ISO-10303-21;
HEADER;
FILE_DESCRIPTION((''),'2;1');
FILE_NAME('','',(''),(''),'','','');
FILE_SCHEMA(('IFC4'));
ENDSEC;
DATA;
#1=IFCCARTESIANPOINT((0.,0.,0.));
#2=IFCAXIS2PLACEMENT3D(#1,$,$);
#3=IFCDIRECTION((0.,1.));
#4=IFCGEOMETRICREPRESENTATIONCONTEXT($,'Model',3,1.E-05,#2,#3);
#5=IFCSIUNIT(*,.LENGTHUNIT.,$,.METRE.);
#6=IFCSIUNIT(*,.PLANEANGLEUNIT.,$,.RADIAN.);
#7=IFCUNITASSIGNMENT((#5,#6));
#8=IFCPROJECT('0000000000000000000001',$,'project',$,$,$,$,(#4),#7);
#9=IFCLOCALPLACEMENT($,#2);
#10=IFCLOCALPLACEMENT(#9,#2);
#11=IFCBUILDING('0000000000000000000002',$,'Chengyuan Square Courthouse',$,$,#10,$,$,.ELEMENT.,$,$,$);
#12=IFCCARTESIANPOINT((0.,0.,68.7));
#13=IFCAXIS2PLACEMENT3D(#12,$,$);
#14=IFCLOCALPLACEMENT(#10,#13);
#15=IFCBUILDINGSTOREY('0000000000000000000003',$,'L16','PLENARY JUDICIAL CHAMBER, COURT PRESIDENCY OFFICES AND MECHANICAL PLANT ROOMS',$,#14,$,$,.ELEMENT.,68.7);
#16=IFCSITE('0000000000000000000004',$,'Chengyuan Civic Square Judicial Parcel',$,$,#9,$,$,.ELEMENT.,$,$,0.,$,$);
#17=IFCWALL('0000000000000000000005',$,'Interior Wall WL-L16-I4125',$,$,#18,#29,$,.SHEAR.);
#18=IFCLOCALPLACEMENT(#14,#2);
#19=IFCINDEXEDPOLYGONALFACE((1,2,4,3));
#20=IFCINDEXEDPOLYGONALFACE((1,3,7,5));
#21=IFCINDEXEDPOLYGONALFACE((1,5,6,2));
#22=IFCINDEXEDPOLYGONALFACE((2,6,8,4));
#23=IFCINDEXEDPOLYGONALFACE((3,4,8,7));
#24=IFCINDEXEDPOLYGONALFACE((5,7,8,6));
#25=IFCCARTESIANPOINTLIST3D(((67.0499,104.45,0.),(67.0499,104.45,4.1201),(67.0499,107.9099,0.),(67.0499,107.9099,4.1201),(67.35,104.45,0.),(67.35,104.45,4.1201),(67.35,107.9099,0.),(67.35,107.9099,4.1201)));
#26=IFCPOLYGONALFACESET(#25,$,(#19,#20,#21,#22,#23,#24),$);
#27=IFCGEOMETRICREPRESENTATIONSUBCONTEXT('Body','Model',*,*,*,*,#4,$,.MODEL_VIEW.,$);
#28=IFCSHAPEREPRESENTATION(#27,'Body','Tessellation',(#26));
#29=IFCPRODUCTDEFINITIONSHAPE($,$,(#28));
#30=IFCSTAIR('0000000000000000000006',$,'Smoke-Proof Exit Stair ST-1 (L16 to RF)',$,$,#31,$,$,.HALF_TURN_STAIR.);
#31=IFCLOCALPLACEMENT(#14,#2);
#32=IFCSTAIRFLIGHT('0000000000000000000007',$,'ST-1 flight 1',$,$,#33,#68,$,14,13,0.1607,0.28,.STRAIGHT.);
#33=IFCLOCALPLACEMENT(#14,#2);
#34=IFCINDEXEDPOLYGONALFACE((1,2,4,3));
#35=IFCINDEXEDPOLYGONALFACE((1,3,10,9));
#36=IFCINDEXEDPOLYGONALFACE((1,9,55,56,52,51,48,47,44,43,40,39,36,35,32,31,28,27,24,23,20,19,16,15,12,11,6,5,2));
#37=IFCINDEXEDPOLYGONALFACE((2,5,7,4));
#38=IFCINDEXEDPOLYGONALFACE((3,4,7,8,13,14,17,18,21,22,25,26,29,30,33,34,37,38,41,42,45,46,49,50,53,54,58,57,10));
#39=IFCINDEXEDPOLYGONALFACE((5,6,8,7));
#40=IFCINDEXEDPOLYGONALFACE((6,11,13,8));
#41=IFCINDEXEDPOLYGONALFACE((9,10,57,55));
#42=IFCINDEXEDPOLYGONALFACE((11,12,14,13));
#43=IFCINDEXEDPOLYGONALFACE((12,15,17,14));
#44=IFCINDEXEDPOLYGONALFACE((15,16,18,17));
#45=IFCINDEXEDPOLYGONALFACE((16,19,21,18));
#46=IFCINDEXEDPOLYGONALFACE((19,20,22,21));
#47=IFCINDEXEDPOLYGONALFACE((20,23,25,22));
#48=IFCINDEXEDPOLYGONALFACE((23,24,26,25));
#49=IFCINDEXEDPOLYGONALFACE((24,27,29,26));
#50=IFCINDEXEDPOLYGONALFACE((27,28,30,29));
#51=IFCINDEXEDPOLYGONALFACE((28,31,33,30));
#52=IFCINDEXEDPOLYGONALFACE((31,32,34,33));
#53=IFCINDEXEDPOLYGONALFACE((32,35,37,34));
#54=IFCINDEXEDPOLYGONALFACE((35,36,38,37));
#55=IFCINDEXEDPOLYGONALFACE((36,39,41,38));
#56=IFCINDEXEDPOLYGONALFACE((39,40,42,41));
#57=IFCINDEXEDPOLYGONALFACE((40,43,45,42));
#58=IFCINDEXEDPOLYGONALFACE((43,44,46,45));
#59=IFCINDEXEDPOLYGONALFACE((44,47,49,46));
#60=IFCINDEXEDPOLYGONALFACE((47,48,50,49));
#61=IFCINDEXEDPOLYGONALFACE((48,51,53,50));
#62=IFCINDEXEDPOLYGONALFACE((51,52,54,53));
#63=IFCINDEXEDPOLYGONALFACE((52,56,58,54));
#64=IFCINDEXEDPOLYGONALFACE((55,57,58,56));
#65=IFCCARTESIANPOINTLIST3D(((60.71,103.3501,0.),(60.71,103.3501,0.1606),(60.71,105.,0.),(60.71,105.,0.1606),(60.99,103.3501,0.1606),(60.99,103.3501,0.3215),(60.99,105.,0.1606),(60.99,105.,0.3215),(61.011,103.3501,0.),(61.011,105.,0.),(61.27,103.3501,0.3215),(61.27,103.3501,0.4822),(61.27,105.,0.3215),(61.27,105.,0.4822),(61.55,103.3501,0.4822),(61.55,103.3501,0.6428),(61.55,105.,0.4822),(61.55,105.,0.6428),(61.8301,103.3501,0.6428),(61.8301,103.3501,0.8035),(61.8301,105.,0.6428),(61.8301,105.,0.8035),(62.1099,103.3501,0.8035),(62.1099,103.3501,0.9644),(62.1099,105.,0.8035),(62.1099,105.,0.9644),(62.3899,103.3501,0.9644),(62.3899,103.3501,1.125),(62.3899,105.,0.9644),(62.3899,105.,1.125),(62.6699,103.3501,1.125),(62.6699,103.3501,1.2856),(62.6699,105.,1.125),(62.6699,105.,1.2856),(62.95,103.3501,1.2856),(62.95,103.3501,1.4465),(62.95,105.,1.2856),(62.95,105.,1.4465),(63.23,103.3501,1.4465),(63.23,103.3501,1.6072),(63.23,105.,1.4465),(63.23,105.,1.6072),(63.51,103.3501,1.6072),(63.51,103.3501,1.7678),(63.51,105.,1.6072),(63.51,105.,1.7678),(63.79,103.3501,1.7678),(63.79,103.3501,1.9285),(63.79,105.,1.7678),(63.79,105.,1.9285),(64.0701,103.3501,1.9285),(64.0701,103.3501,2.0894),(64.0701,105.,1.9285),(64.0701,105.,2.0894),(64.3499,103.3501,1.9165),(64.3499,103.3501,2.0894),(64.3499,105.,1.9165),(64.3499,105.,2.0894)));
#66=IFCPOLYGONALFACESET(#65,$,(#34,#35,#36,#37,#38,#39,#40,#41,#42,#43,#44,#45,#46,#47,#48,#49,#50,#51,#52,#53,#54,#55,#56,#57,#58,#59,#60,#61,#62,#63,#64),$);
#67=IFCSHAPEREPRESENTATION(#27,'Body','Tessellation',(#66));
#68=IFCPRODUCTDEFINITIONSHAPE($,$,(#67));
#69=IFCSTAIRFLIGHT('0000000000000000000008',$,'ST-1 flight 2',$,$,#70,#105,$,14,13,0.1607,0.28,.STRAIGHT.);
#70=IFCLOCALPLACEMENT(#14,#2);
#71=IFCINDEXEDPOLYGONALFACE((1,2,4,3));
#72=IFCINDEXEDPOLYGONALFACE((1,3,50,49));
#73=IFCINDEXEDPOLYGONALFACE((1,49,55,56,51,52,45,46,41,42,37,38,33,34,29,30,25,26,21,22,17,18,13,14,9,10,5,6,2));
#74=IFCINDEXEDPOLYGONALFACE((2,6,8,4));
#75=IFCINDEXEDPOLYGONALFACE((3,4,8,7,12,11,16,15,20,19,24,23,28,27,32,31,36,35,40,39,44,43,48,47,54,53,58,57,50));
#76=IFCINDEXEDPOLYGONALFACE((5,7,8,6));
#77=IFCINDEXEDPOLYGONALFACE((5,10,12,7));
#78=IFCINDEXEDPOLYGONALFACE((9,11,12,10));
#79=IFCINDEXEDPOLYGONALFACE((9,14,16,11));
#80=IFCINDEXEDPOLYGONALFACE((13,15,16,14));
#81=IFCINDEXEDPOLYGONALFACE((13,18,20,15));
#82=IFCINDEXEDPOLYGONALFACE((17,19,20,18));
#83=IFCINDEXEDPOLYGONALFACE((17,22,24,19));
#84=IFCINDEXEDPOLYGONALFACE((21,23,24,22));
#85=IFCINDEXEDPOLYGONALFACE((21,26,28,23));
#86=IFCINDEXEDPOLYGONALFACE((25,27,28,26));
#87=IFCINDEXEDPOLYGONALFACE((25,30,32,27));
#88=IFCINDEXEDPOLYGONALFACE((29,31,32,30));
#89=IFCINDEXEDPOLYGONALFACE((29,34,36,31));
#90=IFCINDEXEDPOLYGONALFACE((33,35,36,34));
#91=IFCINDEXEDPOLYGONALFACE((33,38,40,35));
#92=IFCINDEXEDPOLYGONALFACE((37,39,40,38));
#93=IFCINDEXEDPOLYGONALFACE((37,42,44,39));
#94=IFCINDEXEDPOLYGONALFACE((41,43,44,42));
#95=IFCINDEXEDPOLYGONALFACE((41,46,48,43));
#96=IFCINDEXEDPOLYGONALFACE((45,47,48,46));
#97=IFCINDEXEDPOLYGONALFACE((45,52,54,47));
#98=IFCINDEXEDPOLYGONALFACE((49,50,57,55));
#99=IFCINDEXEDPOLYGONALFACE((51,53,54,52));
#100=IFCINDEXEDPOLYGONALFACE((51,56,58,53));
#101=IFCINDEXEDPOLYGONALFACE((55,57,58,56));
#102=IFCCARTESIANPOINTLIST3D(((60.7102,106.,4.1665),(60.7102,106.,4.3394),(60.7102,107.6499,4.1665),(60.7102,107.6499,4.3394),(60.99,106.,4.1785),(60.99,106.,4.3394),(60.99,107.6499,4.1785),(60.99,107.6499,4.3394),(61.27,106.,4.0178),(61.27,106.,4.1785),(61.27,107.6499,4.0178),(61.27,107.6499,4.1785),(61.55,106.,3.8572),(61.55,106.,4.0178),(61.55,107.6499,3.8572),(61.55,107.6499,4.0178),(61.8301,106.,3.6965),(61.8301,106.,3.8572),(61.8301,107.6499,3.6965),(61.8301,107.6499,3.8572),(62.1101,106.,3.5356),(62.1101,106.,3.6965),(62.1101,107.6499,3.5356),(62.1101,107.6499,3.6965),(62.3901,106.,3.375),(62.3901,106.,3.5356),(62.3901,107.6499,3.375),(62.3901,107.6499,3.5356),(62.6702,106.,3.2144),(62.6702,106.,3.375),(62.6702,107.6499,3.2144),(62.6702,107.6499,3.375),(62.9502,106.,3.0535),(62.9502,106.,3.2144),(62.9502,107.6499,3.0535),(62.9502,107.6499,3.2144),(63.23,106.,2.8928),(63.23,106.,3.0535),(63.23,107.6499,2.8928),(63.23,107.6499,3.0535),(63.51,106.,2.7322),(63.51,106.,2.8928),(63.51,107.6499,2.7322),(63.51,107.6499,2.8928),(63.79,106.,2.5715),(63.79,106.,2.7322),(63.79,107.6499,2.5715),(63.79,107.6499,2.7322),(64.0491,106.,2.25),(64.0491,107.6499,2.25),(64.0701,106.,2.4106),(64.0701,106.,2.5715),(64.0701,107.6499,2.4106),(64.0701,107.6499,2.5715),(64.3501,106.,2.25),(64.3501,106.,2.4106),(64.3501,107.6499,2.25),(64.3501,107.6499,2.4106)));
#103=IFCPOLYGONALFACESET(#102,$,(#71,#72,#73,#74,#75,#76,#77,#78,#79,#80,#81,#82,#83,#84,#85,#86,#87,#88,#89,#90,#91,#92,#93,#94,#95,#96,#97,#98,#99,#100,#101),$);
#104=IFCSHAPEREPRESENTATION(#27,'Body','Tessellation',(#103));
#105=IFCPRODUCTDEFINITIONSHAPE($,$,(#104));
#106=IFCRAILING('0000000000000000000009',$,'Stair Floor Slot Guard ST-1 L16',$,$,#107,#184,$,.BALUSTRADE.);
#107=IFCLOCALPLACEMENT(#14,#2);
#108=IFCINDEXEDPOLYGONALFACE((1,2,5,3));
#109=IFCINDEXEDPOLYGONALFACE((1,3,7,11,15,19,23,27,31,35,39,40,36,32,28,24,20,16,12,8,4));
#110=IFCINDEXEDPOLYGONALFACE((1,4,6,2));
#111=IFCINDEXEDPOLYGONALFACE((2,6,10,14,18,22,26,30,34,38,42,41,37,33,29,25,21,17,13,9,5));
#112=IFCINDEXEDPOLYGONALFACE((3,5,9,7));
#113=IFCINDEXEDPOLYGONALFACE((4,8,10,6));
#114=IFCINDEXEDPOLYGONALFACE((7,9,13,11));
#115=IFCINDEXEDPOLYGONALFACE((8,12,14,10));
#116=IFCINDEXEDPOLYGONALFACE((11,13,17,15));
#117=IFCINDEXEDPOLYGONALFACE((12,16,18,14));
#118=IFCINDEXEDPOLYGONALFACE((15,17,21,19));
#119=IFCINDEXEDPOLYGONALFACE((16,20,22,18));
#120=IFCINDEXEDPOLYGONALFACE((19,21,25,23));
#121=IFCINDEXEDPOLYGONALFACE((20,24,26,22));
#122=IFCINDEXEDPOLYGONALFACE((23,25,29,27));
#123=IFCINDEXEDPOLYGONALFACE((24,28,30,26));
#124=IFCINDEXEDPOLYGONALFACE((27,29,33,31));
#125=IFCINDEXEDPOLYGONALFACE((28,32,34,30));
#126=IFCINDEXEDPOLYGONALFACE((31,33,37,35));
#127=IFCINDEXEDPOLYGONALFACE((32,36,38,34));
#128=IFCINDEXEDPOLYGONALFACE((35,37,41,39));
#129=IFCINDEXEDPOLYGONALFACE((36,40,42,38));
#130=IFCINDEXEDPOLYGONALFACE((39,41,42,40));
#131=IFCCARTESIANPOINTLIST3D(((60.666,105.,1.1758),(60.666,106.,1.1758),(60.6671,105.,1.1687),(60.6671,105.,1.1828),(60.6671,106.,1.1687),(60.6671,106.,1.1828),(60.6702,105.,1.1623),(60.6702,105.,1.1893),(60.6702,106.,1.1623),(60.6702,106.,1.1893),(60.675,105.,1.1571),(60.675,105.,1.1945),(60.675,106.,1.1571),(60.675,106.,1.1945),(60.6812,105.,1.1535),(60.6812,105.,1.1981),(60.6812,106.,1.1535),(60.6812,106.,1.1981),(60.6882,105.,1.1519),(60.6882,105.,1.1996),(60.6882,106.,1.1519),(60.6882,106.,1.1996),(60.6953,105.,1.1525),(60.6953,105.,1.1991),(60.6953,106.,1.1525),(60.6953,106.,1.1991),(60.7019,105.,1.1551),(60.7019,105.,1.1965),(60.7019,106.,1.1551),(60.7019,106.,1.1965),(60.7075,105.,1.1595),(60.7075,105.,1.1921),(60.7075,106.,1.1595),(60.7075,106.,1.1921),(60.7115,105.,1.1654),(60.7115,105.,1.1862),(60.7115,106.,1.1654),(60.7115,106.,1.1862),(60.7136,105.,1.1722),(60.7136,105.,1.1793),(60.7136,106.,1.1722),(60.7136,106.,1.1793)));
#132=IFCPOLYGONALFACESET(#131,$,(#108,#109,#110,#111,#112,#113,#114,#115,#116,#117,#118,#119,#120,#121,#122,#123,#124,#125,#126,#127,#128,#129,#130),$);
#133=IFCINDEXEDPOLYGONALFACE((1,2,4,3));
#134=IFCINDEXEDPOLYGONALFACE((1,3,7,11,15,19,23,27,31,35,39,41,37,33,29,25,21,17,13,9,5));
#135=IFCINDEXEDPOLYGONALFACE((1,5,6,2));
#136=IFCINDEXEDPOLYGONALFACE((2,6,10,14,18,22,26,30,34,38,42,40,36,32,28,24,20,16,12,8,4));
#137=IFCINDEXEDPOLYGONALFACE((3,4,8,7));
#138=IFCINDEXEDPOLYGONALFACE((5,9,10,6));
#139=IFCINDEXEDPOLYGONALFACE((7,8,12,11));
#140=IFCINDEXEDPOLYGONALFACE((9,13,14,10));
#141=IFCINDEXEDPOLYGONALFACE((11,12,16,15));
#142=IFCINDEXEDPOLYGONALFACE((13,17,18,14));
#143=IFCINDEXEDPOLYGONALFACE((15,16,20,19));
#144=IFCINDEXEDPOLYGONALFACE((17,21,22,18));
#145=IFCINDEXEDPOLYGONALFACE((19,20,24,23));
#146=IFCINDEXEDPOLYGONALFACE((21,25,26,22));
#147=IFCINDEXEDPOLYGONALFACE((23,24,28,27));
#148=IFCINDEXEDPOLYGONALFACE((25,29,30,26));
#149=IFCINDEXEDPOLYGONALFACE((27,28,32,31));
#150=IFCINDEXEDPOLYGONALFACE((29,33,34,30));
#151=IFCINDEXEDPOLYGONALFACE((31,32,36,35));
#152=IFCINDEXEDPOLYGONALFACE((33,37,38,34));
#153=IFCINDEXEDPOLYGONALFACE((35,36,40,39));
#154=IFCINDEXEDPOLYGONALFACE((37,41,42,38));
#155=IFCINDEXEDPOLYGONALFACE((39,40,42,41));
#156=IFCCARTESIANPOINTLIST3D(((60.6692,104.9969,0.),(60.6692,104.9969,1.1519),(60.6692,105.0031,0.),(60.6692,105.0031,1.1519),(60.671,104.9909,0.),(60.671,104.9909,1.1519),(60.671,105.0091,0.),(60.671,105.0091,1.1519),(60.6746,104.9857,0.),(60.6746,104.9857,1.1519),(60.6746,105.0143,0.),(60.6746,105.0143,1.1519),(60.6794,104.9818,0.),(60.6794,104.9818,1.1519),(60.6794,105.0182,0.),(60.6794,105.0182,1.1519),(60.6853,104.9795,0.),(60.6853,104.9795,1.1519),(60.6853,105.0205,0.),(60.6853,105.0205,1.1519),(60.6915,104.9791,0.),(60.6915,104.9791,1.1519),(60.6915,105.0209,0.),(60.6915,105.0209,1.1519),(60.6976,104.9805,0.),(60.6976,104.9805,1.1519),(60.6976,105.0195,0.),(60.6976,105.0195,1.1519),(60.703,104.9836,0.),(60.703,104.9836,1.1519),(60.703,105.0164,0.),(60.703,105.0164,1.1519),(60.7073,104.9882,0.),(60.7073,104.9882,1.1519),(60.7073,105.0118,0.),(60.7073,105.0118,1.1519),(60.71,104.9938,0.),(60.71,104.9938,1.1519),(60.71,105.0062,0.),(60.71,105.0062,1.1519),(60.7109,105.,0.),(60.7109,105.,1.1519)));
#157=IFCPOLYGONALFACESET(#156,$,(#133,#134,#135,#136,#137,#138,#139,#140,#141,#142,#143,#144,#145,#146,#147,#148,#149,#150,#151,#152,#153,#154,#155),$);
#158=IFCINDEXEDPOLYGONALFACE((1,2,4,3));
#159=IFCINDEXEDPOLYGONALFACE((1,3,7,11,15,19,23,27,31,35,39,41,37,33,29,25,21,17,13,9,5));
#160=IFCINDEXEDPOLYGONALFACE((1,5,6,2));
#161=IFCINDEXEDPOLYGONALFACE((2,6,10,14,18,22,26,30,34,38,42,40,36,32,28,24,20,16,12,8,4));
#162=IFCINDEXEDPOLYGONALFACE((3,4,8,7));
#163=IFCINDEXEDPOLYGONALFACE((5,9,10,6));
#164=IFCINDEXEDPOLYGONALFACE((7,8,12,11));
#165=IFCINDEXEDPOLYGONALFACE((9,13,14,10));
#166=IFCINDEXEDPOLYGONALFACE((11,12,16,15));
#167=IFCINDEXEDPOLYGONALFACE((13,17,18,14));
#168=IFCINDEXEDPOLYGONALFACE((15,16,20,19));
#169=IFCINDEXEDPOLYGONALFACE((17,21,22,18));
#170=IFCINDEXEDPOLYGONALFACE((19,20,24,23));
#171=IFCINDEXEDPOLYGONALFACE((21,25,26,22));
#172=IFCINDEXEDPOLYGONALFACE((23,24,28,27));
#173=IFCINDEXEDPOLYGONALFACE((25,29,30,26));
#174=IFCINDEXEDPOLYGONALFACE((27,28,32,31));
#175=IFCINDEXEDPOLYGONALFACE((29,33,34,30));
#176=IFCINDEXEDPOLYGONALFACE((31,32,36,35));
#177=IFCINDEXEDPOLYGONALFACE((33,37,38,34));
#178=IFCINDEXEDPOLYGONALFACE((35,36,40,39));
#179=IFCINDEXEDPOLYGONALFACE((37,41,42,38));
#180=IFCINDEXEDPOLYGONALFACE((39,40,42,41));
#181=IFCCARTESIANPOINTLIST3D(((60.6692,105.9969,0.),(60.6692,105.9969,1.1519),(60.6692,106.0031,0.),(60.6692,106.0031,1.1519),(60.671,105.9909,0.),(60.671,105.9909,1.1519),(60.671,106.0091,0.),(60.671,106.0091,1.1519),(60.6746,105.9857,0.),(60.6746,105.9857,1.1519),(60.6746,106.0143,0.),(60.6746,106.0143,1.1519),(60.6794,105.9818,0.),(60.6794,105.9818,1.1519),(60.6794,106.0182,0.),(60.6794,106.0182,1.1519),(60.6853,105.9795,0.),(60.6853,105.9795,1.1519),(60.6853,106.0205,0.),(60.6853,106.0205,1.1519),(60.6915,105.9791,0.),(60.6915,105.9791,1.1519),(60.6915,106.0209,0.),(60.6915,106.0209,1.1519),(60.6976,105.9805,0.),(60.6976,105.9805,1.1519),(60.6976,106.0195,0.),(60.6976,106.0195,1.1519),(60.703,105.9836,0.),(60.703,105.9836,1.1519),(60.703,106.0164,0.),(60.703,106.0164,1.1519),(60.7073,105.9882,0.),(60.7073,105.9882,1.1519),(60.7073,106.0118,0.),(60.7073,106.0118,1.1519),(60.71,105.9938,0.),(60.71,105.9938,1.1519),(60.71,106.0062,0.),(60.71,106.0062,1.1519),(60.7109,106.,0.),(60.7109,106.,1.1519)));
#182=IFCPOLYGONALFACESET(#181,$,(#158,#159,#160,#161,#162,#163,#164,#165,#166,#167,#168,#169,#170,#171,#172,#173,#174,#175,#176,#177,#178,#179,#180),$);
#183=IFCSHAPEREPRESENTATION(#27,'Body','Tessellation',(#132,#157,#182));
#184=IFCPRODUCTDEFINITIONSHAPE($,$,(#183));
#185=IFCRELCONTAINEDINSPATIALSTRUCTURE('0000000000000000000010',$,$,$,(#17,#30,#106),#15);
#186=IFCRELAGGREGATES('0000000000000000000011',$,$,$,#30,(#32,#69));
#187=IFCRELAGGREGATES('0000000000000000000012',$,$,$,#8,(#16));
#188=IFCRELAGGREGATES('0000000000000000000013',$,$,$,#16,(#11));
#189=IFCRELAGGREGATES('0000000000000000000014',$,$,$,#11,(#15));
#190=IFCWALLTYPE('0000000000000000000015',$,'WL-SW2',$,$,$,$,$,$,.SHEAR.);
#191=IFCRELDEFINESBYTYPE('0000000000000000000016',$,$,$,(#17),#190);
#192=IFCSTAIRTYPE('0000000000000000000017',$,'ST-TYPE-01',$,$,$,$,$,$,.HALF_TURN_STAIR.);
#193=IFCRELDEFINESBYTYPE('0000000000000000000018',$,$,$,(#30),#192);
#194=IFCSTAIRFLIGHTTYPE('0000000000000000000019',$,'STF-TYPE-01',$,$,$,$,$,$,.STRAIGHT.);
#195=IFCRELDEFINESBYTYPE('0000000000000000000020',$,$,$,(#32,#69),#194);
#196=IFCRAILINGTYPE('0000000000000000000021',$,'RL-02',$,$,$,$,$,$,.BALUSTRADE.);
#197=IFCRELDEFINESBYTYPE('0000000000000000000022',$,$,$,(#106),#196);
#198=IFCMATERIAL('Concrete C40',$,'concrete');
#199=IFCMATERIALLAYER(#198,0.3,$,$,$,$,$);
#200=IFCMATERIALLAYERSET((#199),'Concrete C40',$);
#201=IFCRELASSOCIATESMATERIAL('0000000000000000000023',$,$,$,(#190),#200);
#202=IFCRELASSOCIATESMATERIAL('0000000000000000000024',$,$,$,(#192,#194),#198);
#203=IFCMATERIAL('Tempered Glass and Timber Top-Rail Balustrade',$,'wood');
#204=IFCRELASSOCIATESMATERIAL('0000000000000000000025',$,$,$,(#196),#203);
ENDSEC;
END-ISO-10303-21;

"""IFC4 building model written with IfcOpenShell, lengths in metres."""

from ifc_helpers import new_model, si_unit, direction, frame, frame_2d, origin, origin_2d, place, context, subcontext, project, spatial, polyline, rectangle, circle, outline, extrude, material, layer, layer_set, type_object, element, aggregate, save


model = new_model("IFC4")

# Units and contexts
model_context = context("Model", 3, precision=1e-05, world=origin(), true_north=direction((0.0, 1.0)))
body_context = subcontext(model_context, "Body", "Model", "MODEL_VIEW")
ifc_project = project(units=[si_unit("LENGTHUNIT", "METRE"), si_unit("PLANEANGLEUNIT", "RADIAN")], contexts=[model_context])

# Site, building, storey
site_placement = place(None, origin())
site = spatial("IfcSite", under=ifc_project, at=site_placement, Name="Chengyuan Civic Square Judicial Parcel", CompositionType="ELEMENT", RefElevation=0.0)
building_placement = place(site_placement, origin())
building = spatial("IfcBuilding", under=site, at=building_placement, Name="Chengyuan Square Courthouse", CompositionType="ELEMENT")
storey_placement = place(building_placement, frame((0.0, 0.0, 68.7)))
storey = spatial("IfcBuildingStorey", under=building, at=storey_placement, Name="L16", Description="PLENARY JUDICIAL CHAMBER, COURT PRESIDENCY OFFICES AND MECHANICAL PLANT ROOMS", CompositionType="ELEMENT", Elevation=68.7)

# Shared definitions
ifc_material_1 = material(Name="Concrete C40", Category="concrete")

# Shared definitions
ifc_layer_1 = layer(ifc_material_1, 0.3)
ifc_layer_set_1 = layer_set([ifc_layer_1], Name="Concrete C40")
wall_type = type_object("IfcWallType", Name="WL-SW2", PredefinedType="SHEAR", material=ifc_layer_set_1)

# Wall
wall_1_placement = place(storey_placement, frame((67.2, 104.45, 0.0), z_axis=(0.0, 0.0, 1.0), x_axis=(0.0, 1.0, 0.0)))
element("IfcWall", 1, at=wall_1_placement, inside=storey, type_object=wall_type, Name="Interior Wall WL-L16-I4125", PredefinedType="SHEAR", context=body_context, shape_type="SweptSolid", body=[
    extrude(rectangle(XDim=3.46, YDim=0.3, at=frame_2d((1.73, 0.0))), origin(), (0.0, 0.0, 1.0), 4.1201),
])

# Stair, stair flights
stair_type = type_object("IfcStairType", Name="ST-TYPE-01", PredefinedType="HALF_TURN_STAIR", material=ifc_material_1)
stair_placement = place(storey_placement, origin())
stair = element("IfcStair", 2, at=stair_placement, inside=storey, type_object=stair_type, Name="Smoke-Proof Exit Stair ST-1 (L16 to RF)", PredefinedType="HALF_TURN_STAIR")
stair_flight_type = type_object("IfcStairFlightType", Name="STF-TYPE-01", PredefinedType="STRAIGHT", material=ifc_material_1)
stair_flight_1_placement = place(storey_placement, frame((60.71, 104.175, 0.0), z_axis=(0.0, 0.0, 1.0), x_axis=(1.0, 0.0, 0.0)))
stair_flight_1 = element("IfcStairFlight", 3, at=stair_flight_1_placement, type_object=stair_flight_type, Name="ST-1 flight 1", NumberOfRisers=14, NumberOfTreads=13, PredefinedType="STRAIGHT", RiserHeight=0.1607, TreadLength=0.28, context=body_context, shape_type="SweptSolid", body=[
    extrude(outline(polyline([(0.0, 0.0), (0.0, 0.1606), (0.28, 0.1606), (0.28, 0.3215), (0.5601, 0.3215), (0.5601, 0.4822), (0.8401, 0.4822), (0.8401, 0.6428), (1.1201, 0.6428), (1.1201, 0.8035), (1.3999, 0.8035), (1.3999, 0.9644), (1.6799, 0.9644), (1.6799, 1.125), (1.96, 1.125), (1.96, 1.2856), (2.24, 1.2856), (2.24, 1.4465), (2.52, 1.4465), (2.52, 1.6072), (2.8, 1.6072), (2.8, 1.7678), (3.0801, 1.7678), (3.0801, 1.9285), (3.3601, 1.9285), (3.3601, 2.0894), (3.6399, 2.0894), (3.6399, 2.25), (3.6399, 1.9165), (0.301, 0.0), (0.0, 0.0)])), frame((0.0, 0.825, 0.0), z_axis=(0.0, -1.0, 0.0), x_axis=(1.0, 0.0, 0.0)), (0.0, 0.0, 1.0), 1.6499),
])
stair_flight_2_placement = place(storey_placement, frame((64.3501, 106.825, 2.25), z_axis=(0.0, 0.0, 1.0), x_axis=(-1.0, 0.0, 0.0)))
stair_flight_2 = element("IfcStairFlight", 4, at=stair_flight_2_placement, type_object=stair_flight_type, Name="ST-1 flight 2", NumberOfRisers=14, NumberOfTreads=13, PredefinedType="STRAIGHT", RiserHeight=0.1607, TreadLength=0.28, context=body_context, shape_type="SweptSolid", body=[
    extrude(outline(polyline([(0.0, 0.0), (0.0, 0.1606), (0.28, 0.1606), (0.28, 0.3215), (0.5601, 0.3215), (0.5601, 0.4822), (0.8401, 0.4822), (0.8401, 0.6428), (1.1201, 0.6428), (1.1201, 0.8035), (1.3999, 0.8035), (1.3999, 0.9644), (1.6799, 0.9644), (1.6799, 1.125), (1.96, 1.125), (1.96, 1.2856), (2.24, 1.2856), (2.24, 1.4465), (2.52, 1.4465), (2.52, 1.6072), (2.8, 1.6072), (2.8, 1.7678), (3.0801, 1.7678), (3.0801, 1.9285), (3.3601, 1.9285), (3.3601, 2.0894), (3.6399, 2.0894), (3.6399, 2.25), (3.6399, 1.9165), (0.301, 0.0), (0.0, 0.0)])), frame((0.0, 0.825, 0.0), z_axis=(0.0, -1.0, 0.0), x_axis=(1.0, 0.0, 0.0)), (0.0, 0.0, 1.0), 1.6499),
])
aggregate(stair, [stair_flight_1, stair_flight_2])

# Railing
ifc_material_2 = material(Name="Tempered Glass and Timber Top-Rail Balustrade", Category="wood")
railing_type_1 = type_object("IfcRailingType", Name="RL-02", PredefinedType="BALUSTRADE", material=ifc_material_2)
for number, where, name in (
    (5, (60.6899, 105.0, 0.0), "Stair Floor Slot Guard ST-1 L16"),
):
    element("IfcRailing", number, at=place(storey_placement, frame(where)), inside=storey, type_object=railing_type_1, Name=name, PredefinedType="BALUSTRADE", context=body_context, shape_type="SweptSolid", body=[
        extrude(circle(Radius=0.0239, at=origin_2d()), frame((0.0, 0.0, 1.1758), z_axis=(0.0, 1.0, 0.0), x_axis=(-1.0, 0.0, 0.0)), (0.0, 0.0, 1.0), 1.0),
        extrude(circle(Radius=0.021, at=origin_2d()), origin(), (0.0, 0.0, 1.0), 1.1519),
        extrude(circle(Radius=0.021, at=origin_2d()), frame((0.0, 1.0, 0.0)), (0.0, 0.0, 1.0), 1.1519),
    ])

save(model, "model.ifc")
